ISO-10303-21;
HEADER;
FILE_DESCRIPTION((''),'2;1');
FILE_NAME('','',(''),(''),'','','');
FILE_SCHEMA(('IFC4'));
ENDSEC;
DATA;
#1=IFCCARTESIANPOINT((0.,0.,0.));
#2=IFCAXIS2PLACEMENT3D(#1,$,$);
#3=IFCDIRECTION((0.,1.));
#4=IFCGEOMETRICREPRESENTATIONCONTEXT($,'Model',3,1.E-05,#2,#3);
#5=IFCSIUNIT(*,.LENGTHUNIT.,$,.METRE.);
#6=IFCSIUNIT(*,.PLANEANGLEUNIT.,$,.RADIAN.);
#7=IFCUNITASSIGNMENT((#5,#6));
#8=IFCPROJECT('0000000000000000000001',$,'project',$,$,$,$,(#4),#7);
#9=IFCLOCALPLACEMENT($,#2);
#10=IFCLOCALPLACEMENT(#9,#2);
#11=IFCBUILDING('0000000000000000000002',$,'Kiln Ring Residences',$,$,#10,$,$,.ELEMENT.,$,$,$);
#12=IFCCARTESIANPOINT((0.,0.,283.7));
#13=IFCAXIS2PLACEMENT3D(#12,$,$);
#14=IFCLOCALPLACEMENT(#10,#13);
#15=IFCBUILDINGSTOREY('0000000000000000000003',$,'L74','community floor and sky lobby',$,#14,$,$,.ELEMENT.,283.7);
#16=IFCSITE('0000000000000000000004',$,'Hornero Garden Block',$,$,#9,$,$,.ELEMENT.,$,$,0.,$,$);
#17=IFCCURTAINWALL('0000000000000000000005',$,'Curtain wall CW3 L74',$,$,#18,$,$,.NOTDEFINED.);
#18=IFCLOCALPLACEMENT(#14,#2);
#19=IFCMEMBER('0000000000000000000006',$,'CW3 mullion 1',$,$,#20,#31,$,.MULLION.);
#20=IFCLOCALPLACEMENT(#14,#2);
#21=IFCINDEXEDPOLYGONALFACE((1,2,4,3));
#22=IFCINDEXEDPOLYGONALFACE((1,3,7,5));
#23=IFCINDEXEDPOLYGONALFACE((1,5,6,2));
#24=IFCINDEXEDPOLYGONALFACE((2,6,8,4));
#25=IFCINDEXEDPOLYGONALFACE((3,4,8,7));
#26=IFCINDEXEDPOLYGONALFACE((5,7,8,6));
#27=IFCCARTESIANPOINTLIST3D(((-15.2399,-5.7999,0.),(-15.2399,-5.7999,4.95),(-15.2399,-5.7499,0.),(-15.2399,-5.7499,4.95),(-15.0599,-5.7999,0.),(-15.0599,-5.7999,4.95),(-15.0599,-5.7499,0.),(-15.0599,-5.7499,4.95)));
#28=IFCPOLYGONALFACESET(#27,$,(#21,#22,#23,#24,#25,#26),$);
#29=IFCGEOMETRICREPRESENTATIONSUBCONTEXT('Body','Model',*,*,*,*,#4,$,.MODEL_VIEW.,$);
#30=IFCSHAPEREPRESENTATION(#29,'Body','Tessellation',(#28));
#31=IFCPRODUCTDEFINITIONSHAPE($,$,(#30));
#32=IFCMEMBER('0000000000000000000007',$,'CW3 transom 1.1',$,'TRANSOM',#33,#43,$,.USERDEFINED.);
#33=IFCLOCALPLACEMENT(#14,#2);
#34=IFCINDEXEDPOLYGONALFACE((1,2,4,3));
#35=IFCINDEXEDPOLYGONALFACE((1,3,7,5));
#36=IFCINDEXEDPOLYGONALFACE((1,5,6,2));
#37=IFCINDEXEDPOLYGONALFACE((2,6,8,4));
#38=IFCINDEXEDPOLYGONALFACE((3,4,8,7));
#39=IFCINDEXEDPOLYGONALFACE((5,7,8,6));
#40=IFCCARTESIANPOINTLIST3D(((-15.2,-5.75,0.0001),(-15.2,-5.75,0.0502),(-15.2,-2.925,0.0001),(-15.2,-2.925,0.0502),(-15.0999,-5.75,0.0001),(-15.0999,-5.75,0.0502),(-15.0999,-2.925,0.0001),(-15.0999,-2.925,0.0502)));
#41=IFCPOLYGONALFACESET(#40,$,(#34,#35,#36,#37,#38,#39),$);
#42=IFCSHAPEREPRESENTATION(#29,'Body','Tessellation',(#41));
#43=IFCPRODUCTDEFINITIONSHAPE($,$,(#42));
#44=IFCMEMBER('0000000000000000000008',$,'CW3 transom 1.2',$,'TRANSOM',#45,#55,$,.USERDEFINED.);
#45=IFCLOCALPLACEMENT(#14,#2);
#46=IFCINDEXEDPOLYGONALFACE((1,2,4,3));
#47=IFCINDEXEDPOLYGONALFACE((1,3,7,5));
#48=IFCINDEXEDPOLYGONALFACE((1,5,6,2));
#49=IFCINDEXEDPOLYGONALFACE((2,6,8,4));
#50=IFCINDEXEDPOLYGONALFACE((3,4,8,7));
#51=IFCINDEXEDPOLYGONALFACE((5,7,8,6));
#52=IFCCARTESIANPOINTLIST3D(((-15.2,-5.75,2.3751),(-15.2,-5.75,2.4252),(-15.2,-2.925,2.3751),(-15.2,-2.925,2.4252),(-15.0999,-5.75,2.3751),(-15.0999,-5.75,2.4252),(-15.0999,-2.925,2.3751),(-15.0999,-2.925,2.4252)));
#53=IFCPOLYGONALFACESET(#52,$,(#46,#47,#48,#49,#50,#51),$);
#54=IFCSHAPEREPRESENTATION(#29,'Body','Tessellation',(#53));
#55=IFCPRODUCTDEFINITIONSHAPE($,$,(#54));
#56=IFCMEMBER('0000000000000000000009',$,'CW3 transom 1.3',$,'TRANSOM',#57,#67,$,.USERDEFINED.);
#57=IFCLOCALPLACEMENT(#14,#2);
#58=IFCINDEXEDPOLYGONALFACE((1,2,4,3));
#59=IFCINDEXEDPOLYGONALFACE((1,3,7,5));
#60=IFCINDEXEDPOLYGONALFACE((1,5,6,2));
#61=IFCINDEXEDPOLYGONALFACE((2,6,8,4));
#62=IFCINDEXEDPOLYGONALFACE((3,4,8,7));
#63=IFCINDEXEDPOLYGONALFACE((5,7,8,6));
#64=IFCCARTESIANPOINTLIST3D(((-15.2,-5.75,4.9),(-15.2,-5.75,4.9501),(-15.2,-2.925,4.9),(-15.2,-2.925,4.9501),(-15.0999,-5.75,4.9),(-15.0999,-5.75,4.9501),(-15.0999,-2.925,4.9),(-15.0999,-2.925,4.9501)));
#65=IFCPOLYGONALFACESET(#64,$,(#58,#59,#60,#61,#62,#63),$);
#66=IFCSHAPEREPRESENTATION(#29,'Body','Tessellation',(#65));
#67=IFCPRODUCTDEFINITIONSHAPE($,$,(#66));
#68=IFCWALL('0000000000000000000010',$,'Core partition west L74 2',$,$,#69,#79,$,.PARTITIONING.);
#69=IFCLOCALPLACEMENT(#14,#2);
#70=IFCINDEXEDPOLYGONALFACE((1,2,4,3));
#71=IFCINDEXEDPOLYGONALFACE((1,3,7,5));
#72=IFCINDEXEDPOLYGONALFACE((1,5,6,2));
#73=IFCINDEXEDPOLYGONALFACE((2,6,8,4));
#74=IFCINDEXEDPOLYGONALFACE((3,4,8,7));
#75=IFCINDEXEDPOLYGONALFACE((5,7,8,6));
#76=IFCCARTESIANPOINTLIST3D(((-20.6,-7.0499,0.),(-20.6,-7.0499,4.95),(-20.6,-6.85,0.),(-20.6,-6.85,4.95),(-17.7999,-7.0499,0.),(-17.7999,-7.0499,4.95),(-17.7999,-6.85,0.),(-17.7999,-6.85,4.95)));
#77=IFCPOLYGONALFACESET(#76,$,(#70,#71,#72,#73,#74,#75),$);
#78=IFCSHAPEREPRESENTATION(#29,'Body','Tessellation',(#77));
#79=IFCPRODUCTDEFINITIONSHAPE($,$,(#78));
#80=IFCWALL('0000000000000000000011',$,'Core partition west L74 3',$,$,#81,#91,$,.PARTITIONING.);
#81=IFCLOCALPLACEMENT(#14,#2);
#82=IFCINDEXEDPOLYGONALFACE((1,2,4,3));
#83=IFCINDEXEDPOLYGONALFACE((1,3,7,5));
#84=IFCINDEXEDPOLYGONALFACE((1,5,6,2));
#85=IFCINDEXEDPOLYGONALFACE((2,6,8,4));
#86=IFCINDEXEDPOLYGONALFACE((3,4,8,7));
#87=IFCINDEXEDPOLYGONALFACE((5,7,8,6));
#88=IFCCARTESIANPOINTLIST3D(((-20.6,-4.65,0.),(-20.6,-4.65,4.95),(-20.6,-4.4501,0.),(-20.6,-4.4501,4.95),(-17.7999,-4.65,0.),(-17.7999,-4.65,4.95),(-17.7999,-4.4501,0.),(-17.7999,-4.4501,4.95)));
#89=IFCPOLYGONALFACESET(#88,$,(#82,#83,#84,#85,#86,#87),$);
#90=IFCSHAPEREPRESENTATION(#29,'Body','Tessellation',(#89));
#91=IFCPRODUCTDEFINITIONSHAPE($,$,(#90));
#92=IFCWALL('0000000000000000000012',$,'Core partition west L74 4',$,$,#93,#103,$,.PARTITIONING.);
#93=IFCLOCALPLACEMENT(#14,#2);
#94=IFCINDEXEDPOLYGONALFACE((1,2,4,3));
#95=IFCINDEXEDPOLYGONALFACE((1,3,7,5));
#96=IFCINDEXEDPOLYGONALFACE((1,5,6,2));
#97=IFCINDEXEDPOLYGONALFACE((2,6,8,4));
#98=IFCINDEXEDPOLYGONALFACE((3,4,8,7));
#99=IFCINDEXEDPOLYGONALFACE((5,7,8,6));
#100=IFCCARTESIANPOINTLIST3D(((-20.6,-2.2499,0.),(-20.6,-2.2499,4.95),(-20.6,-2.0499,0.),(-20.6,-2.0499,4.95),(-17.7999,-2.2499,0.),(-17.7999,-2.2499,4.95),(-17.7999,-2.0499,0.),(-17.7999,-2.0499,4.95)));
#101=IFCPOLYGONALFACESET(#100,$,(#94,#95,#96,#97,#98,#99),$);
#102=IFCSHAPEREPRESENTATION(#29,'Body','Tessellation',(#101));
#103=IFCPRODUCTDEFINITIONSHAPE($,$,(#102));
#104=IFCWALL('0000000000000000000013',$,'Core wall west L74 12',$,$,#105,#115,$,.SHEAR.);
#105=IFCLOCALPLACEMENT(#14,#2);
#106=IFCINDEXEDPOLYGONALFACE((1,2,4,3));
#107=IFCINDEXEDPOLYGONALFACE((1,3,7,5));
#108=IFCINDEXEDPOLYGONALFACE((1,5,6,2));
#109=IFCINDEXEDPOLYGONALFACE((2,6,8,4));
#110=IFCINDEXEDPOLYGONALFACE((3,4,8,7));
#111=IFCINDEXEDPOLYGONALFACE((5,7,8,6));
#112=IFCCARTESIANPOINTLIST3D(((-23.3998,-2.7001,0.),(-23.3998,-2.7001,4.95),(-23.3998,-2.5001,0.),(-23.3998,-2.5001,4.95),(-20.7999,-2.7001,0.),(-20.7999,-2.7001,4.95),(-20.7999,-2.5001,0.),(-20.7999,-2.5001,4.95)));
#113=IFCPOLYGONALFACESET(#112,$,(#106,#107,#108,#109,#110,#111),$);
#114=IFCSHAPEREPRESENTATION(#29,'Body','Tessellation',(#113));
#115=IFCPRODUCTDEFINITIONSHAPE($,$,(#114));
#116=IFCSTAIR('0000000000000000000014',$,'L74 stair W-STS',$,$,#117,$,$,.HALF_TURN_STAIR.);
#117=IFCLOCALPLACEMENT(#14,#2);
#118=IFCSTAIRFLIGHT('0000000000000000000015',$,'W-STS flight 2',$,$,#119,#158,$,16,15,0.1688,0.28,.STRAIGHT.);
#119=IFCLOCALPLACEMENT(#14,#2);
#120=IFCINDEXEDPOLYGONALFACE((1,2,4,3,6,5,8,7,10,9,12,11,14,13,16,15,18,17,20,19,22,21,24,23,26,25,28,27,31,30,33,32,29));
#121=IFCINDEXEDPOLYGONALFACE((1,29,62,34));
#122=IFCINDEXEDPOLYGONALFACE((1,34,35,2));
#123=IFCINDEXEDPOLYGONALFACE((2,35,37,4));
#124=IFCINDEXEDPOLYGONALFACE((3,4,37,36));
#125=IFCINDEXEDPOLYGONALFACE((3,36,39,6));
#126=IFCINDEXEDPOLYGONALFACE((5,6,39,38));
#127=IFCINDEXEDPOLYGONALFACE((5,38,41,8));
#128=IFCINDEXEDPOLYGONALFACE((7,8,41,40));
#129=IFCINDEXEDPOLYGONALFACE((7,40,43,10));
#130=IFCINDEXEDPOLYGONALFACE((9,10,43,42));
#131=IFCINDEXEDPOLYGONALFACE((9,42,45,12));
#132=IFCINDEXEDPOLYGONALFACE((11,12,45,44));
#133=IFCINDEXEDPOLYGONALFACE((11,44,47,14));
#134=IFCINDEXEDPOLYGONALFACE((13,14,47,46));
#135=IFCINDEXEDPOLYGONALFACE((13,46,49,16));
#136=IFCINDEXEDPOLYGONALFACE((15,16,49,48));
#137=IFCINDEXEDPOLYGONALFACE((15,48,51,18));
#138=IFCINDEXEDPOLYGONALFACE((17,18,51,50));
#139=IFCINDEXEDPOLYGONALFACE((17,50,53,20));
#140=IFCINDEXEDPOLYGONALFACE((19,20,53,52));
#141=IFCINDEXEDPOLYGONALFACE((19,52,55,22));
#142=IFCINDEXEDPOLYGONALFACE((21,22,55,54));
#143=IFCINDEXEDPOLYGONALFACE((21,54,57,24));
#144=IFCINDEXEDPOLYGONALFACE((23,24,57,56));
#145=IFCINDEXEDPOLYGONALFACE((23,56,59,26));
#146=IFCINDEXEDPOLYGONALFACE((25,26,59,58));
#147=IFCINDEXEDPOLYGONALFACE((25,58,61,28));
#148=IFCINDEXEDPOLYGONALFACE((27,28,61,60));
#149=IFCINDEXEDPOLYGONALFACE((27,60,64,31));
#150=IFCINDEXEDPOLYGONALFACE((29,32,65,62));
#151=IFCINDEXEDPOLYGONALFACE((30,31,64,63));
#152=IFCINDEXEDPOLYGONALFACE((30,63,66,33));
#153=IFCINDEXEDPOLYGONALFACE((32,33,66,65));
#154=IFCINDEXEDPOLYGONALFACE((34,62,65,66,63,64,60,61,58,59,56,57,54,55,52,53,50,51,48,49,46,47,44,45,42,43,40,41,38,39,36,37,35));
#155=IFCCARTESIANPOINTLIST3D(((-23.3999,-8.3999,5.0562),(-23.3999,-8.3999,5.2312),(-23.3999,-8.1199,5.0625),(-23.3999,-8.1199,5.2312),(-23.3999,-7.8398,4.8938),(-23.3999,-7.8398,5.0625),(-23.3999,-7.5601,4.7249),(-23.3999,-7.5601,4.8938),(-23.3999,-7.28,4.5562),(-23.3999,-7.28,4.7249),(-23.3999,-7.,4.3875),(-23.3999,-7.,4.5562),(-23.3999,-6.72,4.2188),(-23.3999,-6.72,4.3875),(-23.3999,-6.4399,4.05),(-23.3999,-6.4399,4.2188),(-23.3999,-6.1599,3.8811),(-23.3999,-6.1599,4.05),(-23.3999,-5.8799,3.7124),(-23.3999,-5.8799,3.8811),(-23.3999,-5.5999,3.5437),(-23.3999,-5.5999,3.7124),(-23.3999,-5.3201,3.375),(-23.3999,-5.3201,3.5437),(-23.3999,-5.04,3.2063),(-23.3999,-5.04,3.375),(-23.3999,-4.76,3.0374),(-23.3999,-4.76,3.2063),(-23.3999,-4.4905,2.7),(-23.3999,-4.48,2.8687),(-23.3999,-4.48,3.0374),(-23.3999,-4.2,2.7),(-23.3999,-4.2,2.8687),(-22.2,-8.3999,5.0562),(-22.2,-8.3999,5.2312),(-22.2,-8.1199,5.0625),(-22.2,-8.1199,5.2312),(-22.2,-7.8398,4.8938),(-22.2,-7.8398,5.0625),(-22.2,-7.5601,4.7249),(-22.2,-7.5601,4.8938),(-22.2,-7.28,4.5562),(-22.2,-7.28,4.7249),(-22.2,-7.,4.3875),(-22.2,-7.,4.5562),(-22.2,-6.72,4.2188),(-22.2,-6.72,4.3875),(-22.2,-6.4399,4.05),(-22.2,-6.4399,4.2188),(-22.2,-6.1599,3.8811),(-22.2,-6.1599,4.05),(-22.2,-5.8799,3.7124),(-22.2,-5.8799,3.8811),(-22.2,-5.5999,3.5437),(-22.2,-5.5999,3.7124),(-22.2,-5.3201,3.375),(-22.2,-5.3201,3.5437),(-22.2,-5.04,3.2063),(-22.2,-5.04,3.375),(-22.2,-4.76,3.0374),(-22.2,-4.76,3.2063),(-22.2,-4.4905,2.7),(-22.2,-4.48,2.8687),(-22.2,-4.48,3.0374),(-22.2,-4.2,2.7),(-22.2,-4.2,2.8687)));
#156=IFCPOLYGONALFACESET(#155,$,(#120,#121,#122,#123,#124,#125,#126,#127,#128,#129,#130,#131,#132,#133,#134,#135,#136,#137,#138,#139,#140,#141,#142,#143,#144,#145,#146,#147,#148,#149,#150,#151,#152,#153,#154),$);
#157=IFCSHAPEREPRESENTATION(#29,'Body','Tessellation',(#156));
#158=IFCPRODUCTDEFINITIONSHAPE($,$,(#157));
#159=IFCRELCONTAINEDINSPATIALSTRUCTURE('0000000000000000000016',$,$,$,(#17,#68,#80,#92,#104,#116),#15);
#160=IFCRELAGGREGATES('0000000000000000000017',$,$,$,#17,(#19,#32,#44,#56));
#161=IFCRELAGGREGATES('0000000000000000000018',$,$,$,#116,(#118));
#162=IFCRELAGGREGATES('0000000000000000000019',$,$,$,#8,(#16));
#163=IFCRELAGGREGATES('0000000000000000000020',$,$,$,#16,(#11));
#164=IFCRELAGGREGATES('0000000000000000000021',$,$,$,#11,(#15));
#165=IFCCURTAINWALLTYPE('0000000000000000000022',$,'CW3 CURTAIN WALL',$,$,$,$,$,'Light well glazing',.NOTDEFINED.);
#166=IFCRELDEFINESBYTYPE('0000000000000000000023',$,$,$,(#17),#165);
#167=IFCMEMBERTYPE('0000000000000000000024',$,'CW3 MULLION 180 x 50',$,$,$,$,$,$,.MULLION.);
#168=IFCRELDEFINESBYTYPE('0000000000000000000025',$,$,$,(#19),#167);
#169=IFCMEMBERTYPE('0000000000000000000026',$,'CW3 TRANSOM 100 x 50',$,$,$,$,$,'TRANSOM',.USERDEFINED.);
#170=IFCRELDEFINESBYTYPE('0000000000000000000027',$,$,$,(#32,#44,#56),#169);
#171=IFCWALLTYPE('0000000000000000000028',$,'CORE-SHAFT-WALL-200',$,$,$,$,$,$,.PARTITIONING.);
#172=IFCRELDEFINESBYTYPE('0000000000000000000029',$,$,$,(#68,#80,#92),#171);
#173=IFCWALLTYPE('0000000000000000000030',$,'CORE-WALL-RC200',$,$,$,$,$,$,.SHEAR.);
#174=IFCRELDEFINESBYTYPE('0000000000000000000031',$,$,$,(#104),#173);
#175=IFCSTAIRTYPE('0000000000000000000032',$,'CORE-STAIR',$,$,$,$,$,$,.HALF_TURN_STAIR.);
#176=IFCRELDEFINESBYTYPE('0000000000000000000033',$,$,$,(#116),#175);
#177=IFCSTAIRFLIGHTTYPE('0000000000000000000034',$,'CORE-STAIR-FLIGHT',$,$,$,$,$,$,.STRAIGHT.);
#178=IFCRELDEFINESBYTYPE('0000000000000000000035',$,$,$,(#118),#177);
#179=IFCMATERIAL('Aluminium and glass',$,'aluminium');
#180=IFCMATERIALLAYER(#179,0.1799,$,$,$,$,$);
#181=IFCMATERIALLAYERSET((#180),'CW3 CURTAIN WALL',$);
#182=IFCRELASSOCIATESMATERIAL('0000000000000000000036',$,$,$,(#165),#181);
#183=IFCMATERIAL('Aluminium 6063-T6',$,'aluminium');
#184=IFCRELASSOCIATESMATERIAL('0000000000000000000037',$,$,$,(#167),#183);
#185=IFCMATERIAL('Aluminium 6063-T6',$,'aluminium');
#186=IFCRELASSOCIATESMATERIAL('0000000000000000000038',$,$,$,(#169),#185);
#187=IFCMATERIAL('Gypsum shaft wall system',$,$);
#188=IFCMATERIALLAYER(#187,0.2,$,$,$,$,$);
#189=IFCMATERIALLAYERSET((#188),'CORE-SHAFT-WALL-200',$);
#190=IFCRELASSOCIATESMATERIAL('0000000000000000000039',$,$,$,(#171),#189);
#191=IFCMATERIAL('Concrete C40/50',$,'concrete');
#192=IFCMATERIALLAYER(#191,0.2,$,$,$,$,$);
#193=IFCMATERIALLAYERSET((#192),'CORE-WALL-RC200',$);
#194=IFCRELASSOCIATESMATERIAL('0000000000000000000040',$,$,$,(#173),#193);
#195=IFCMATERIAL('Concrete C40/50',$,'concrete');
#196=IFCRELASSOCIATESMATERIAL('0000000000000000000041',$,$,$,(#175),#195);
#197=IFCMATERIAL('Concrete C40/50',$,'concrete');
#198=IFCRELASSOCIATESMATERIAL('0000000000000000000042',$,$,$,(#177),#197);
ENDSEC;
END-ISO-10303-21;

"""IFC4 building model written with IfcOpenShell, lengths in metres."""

from ifc_helpers import new_model, si_unit, direction, frame, frame_2d, origin, origin_2d, place, context, subcontext, project, spatial, polyline, rectangle, outline, extrude, material, layer, layer_set, material_profile, profile_set, type_object, element, aggregate, save


model = new_model("IFC4")

# Units and contexts
model_context = context("Model", 3, precision=1e-05, world=origin(), true_north=direction((0.0, 1.0)))
body_context = subcontext(model_context, "Body", "Model", "MODEL_VIEW")
ifc_project = project(units=[si_unit("LENGTHUNIT", "METRE"), si_unit("PLANEANGLEUNIT", "RADIAN")], contexts=[model_context])

# Site, building, storey
site_placement = place(None, origin())
site = spatial("IfcSite", under=ifc_project, at=site_placement, Name="Hornero Garden Block", CompositionType="ELEMENT", RefElevation=0.0)
building_placement = place(site_placement, origin())
building = spatial("IfcBuilding", under=site, at=building_placement, Name="Kiln Ring Residences", CompositionType="ELEMENT")
storey_placement = place(building_placement, frame((0.0, 0.0, 283.7)))
storey = spatial("IfcBuildingStorey", under=building, at=storey_placement, Name="L74", Description="community floor and sky lobby", CompositionType="ELEMENT", Elevation=283.7)

# Curtain wall, members
ifc_material_1 = material(Name="Aluminium and glass", Category="aluminium")
ifc_layer_1 = layer(ifc_material_1, 0.1799)
ifc_layer_set_1 = layer_set([ifc_layer_1], Name="CW3 CURTAIN WALL")
curtain_wall_type = type_object("IfcCurtainWallType", Name="CW3 CURTAIN WALL", ElementType="Light well glazing", PredefinedType="NOTDEFINED", material=ifc_layer_set_1)
placement = place(storey_placement, origin())
curtain_wall = element("IfcCurtainWall", 1, at=placement, inside=storey, type_object=curtain_wall_type, Name="Curtain wall CW3 L74", PredefinedType="NOTDEFINED")
ifc_material_2 = material(Name="Aluminium 6063-T6", Category="aluminium")
ifc_material_profile_1 = material_profile(ifc_material_2, rectangle(XDim=0.1799, YDim=0.05, at=origin_2d()), Name="AL 180x50")
ifc_profile_set_1 = profile_set([ifc_material_profile_1], Name="Aluminium 6063-T6")
member_type_1 = type_object("IfcMemberType", Name="CW3 MULLION 180 x 50", PredefinedType="MULLION", material=ifc_profile_set_1)
member_1_placement = place(storey_placement, frame((-15.1499, -5.7749, 0.0), z_axis=(0.0, 0.0, 1.0), x_axis=(-1.0, 0.0, 0.0)))
member_1 = element("IfcMember", 2, at=member_1_placement, type_object=member_type_1, Name="CW3 mullion 1", PredefinedType="MULLION", context=body_context, shape_type="SweptSolid", body=[
    extrude(rectangle(XDim=0.1799, YDim=0.05, at=origin_2d()), origin(), (0.0, 0.0, 1.0), 4.95),
])
ifc_material_3 = material(Name="Aluminium 6063-T6", Category="aluminium")
ifc_material_profile_2 = material_profile(ifc_material_3, rectangle(XDim=0.1001, YDim=0.05, at=origin_2d()), Name="AL 100x50")
ifc_profile_set_2 = profile_set([ifc_material_profile_2], Name="Aluminium 6063-T6")
member_type_2 = type_object("IfcMemberType", Name="CW3 TRANSOM 100 x 50", ElementType="TRANSOM", PredefinedType="USERDEFINED", material=ifc_profile_set_2)
member_2_placement = place(storey_placement, frame((-15.1499, -5.75, 0.0251), z_axis=(0.0, 1.0, 0.0), x_axis=(-1.0, 0.0, 0.0)))
member_2 = element("IfcMember", 3, at=member_2_placement, type_object=member_type_2, Name="CW3 transom 1.1", ObjectType="TRANSOM", PredefinedType="USERDEFINED", context=body_context, shape_type="SweptSolid", body=[
    extrude(rectangle(XDim=0.1001, YDim=0.05, at=origin_2d()), origin(), (0.0, 0.0, 1.0), 2.825),
])
member_3_placement = place(storey_placement, frame((-15.1499, -5.75, 2.4001), z_axis=(0.0, 1.0, 0.0), x_axis=(-1.0, 0.0, 0.0)))
member_3 = element("IfcMember", 4, at=member_3_placement, type_object=member_type_2, Name="CW3 transom 1.2", ObjectType="TRANSOM", PredefinedType="USERDEFINED", context=body_context, shape_type="SweptSolid", body=[
    extrude(rectangle(XDim=0.1001, YDim=0.05, at=origin_2d()), origin(), (0.0, 0.0, 1.0), 2.825),
])
member_4_placement = place(storey_placement, frame((-15.1499, -5.75, 4.925), z_axis=(0.0, 1.0, 0.0), x_axis=(-1.0, 0.0, 0.0)))
member_4 = element("IfcMember", 5, at=member_4_placement, type_object=member_type_2, Name="CW3 transom 1.3", ObjectType="TRANSOM", PredefinedType="USERDEFINED", context=body_context, shape_type="SweptSolid", body=[
    extrude(rectangle(XDim=0.1001, YDim=0.05, at=origin_2d()), origin(), (0.0, 0.0, 1.0), 2.825),
])
aggregate(curtain_wall, [member_1, member_2, member_3, member_4])

# Walls
ifc_material_4 = material(Name="Gypsum shaft wall system")
ifc_layer_2 = layer(ifc_material_4, 0.2)
ifc_layer_set_2 = layer_set([ifc_layer_2], Name="CORE-SHAFT-WALL-200")
wall_type_1 = type_object("IfcWallType", Name="CORE-SHAFT-WALL-200", PredefinedType="PARTITIONING", material=ifc_layer_set_2)
for number, where, z_axis, x_axis, name in (
    (6, (-17.8, -6.95, 0.0), (0.0, 0.0, 1.0), (-1.0, 0.0, 0.0), "Core partition west L74 2"),
    (7, (-17.8, -4.55, 0.0), (0.0, 0.0, 1.0), (-1.0, 0.0, 0.0), "Core partition west L74 3"),
    (8, (-17.8, -2.1499, 0.0), (0.0, 0.0, 1.0), (-1.0, 0.0, 0.0), "Core partition west L74 4"),
):
    element("IfcWall", number, at=place(storey_placement, frame(where, z_axis=z_axis, x_axis=x_axis)), inside=storey, type_object=wall_type_1, Name=name, PredefinedType="PARTITIONING", context=body_context, shape_type="SweptSolid", body=[
        extrude(rectangle(XDim=2.8, YDim=0.2, at=frame_2d((1.3999, 0.0))), origin(), (0.0, 0.0, 1.0), 4.95),
    ])
ifc_material_5 = material(Name="Concrete C40/50", Category="concrete")
ifc_layer_3 = layer(ifc_material_5, 0.2)
ifc_layer_set_3 = layer_set([ifc_layer_3], Name="CORE-WALL-RC200")
wall_type_2 = type_object("IfcWallType", Name="CORE-WALL-RC200", PredefinedType="SHEAR", material=ifc_layer_set_3)
wall_placement = place(storey_placement, frame((-20.8, -2.6001, 0.0), z_axis=(0.0, 0.0, 1.0), x_axis=(-1.0, 0.0, 0.0)))
element("IfcWall", 9, at=wall_placement, inside=storey, type_object=wall_type_2, Name="Core wall west L74 12", PredefinedType="SHEAR", context=body_context, shape_type="SweptSolid", body=[
    extrude(rectangle(XDim=2.5999, YDim=0.2, at=frame_2d((1.2998, 0.0))), origin(), (0.0, 0.0, 1.0), 4.95),
])

# Stair, stair flight
ifc_material_6 = material(Name="Concrete C40/50", Category="concrete")
stair_type = type_object("IfcStairType", Name="CORE-STAIR", PredefinedType="HALF_TURN_STAIR", material=ifc_material_6)
stair = element("IfcStair", 10, at=placement, inside=storey, type_object=stair_type, Name="L74 stair W-STS", PredefinedType="HALF_TURN_STAIR")
ifc_material_7 = material(Name="Concrete C40/50", Category="concrete")
stair_flight_type = type_object("IfcStairFlightType", Name="CORE-STAIR-FLIGHT", PredefinedType="STRAIGHT", material=ifc_material_7)
stair_flight_placement = place(storey_placement, frame((-22.8, -4.2, 2.7), z_axis=(0.0, 0.0, 1.0), x_axis=(0.0, -1.0, 0.0)))
stair_flight = element("IfcStairFlight", 11, at=stair_flight_placement, type_object=stair_flight_type, Name="W-STS flight 2", NumberOfRisers=16, NumberOfTreads=15, PredefinedType="STRAIGHT", RiserHeight=0.1688, TreadLength=0.28, context=body_context, shape_type="SweptSolid", body=[
    extrude(outline(polyline([(0.0, 0.0), (0.0, 0.1687), (0.28, 0.1687), (0.28, 0.3374), (0.5601, 0.3374), (0.5601, 0.5063), (0.8401, 0.5063), (0.8401, 0.675), (1.1201, 0.675), (1.1201, 0.8438), (1.3999, 0.8438), (1.3999, 1.0125), (1.6799, 1.0125), (1.6799, 1.1812), (1.96, 1.1812), (1.96, 1.3501), (2.24, 1.3501), (2.24, 1.5188), (2.52, 1.5188), (2.52, 1.6875), (2.8, 1.6875), (2.8, 1.8562), (3.0801, 1.8562), (3.0801, 2.0249), (3.3601, 2.0249), (3.3601, 2.1938), (3.6399, 2.1938), (3.6399, 2.3625), (3.9199, 2.3625), (3.9199, 2.5312), (4.2, 2.5312), (4.2, 2.7), (4.2, 2.3562), (0.2905, 0.0), (0.0, 0.0)])), frame((0.0, 0.6001, 0.0), z_axis=(0.0, -1.0, 0.0), x_axis=(1.0, 0.0, 0.0)), (0.0, 0.0, 1.0), 1.2),
])
aggregate(stair, [stair_flight])

save(model, "model.ifc")
